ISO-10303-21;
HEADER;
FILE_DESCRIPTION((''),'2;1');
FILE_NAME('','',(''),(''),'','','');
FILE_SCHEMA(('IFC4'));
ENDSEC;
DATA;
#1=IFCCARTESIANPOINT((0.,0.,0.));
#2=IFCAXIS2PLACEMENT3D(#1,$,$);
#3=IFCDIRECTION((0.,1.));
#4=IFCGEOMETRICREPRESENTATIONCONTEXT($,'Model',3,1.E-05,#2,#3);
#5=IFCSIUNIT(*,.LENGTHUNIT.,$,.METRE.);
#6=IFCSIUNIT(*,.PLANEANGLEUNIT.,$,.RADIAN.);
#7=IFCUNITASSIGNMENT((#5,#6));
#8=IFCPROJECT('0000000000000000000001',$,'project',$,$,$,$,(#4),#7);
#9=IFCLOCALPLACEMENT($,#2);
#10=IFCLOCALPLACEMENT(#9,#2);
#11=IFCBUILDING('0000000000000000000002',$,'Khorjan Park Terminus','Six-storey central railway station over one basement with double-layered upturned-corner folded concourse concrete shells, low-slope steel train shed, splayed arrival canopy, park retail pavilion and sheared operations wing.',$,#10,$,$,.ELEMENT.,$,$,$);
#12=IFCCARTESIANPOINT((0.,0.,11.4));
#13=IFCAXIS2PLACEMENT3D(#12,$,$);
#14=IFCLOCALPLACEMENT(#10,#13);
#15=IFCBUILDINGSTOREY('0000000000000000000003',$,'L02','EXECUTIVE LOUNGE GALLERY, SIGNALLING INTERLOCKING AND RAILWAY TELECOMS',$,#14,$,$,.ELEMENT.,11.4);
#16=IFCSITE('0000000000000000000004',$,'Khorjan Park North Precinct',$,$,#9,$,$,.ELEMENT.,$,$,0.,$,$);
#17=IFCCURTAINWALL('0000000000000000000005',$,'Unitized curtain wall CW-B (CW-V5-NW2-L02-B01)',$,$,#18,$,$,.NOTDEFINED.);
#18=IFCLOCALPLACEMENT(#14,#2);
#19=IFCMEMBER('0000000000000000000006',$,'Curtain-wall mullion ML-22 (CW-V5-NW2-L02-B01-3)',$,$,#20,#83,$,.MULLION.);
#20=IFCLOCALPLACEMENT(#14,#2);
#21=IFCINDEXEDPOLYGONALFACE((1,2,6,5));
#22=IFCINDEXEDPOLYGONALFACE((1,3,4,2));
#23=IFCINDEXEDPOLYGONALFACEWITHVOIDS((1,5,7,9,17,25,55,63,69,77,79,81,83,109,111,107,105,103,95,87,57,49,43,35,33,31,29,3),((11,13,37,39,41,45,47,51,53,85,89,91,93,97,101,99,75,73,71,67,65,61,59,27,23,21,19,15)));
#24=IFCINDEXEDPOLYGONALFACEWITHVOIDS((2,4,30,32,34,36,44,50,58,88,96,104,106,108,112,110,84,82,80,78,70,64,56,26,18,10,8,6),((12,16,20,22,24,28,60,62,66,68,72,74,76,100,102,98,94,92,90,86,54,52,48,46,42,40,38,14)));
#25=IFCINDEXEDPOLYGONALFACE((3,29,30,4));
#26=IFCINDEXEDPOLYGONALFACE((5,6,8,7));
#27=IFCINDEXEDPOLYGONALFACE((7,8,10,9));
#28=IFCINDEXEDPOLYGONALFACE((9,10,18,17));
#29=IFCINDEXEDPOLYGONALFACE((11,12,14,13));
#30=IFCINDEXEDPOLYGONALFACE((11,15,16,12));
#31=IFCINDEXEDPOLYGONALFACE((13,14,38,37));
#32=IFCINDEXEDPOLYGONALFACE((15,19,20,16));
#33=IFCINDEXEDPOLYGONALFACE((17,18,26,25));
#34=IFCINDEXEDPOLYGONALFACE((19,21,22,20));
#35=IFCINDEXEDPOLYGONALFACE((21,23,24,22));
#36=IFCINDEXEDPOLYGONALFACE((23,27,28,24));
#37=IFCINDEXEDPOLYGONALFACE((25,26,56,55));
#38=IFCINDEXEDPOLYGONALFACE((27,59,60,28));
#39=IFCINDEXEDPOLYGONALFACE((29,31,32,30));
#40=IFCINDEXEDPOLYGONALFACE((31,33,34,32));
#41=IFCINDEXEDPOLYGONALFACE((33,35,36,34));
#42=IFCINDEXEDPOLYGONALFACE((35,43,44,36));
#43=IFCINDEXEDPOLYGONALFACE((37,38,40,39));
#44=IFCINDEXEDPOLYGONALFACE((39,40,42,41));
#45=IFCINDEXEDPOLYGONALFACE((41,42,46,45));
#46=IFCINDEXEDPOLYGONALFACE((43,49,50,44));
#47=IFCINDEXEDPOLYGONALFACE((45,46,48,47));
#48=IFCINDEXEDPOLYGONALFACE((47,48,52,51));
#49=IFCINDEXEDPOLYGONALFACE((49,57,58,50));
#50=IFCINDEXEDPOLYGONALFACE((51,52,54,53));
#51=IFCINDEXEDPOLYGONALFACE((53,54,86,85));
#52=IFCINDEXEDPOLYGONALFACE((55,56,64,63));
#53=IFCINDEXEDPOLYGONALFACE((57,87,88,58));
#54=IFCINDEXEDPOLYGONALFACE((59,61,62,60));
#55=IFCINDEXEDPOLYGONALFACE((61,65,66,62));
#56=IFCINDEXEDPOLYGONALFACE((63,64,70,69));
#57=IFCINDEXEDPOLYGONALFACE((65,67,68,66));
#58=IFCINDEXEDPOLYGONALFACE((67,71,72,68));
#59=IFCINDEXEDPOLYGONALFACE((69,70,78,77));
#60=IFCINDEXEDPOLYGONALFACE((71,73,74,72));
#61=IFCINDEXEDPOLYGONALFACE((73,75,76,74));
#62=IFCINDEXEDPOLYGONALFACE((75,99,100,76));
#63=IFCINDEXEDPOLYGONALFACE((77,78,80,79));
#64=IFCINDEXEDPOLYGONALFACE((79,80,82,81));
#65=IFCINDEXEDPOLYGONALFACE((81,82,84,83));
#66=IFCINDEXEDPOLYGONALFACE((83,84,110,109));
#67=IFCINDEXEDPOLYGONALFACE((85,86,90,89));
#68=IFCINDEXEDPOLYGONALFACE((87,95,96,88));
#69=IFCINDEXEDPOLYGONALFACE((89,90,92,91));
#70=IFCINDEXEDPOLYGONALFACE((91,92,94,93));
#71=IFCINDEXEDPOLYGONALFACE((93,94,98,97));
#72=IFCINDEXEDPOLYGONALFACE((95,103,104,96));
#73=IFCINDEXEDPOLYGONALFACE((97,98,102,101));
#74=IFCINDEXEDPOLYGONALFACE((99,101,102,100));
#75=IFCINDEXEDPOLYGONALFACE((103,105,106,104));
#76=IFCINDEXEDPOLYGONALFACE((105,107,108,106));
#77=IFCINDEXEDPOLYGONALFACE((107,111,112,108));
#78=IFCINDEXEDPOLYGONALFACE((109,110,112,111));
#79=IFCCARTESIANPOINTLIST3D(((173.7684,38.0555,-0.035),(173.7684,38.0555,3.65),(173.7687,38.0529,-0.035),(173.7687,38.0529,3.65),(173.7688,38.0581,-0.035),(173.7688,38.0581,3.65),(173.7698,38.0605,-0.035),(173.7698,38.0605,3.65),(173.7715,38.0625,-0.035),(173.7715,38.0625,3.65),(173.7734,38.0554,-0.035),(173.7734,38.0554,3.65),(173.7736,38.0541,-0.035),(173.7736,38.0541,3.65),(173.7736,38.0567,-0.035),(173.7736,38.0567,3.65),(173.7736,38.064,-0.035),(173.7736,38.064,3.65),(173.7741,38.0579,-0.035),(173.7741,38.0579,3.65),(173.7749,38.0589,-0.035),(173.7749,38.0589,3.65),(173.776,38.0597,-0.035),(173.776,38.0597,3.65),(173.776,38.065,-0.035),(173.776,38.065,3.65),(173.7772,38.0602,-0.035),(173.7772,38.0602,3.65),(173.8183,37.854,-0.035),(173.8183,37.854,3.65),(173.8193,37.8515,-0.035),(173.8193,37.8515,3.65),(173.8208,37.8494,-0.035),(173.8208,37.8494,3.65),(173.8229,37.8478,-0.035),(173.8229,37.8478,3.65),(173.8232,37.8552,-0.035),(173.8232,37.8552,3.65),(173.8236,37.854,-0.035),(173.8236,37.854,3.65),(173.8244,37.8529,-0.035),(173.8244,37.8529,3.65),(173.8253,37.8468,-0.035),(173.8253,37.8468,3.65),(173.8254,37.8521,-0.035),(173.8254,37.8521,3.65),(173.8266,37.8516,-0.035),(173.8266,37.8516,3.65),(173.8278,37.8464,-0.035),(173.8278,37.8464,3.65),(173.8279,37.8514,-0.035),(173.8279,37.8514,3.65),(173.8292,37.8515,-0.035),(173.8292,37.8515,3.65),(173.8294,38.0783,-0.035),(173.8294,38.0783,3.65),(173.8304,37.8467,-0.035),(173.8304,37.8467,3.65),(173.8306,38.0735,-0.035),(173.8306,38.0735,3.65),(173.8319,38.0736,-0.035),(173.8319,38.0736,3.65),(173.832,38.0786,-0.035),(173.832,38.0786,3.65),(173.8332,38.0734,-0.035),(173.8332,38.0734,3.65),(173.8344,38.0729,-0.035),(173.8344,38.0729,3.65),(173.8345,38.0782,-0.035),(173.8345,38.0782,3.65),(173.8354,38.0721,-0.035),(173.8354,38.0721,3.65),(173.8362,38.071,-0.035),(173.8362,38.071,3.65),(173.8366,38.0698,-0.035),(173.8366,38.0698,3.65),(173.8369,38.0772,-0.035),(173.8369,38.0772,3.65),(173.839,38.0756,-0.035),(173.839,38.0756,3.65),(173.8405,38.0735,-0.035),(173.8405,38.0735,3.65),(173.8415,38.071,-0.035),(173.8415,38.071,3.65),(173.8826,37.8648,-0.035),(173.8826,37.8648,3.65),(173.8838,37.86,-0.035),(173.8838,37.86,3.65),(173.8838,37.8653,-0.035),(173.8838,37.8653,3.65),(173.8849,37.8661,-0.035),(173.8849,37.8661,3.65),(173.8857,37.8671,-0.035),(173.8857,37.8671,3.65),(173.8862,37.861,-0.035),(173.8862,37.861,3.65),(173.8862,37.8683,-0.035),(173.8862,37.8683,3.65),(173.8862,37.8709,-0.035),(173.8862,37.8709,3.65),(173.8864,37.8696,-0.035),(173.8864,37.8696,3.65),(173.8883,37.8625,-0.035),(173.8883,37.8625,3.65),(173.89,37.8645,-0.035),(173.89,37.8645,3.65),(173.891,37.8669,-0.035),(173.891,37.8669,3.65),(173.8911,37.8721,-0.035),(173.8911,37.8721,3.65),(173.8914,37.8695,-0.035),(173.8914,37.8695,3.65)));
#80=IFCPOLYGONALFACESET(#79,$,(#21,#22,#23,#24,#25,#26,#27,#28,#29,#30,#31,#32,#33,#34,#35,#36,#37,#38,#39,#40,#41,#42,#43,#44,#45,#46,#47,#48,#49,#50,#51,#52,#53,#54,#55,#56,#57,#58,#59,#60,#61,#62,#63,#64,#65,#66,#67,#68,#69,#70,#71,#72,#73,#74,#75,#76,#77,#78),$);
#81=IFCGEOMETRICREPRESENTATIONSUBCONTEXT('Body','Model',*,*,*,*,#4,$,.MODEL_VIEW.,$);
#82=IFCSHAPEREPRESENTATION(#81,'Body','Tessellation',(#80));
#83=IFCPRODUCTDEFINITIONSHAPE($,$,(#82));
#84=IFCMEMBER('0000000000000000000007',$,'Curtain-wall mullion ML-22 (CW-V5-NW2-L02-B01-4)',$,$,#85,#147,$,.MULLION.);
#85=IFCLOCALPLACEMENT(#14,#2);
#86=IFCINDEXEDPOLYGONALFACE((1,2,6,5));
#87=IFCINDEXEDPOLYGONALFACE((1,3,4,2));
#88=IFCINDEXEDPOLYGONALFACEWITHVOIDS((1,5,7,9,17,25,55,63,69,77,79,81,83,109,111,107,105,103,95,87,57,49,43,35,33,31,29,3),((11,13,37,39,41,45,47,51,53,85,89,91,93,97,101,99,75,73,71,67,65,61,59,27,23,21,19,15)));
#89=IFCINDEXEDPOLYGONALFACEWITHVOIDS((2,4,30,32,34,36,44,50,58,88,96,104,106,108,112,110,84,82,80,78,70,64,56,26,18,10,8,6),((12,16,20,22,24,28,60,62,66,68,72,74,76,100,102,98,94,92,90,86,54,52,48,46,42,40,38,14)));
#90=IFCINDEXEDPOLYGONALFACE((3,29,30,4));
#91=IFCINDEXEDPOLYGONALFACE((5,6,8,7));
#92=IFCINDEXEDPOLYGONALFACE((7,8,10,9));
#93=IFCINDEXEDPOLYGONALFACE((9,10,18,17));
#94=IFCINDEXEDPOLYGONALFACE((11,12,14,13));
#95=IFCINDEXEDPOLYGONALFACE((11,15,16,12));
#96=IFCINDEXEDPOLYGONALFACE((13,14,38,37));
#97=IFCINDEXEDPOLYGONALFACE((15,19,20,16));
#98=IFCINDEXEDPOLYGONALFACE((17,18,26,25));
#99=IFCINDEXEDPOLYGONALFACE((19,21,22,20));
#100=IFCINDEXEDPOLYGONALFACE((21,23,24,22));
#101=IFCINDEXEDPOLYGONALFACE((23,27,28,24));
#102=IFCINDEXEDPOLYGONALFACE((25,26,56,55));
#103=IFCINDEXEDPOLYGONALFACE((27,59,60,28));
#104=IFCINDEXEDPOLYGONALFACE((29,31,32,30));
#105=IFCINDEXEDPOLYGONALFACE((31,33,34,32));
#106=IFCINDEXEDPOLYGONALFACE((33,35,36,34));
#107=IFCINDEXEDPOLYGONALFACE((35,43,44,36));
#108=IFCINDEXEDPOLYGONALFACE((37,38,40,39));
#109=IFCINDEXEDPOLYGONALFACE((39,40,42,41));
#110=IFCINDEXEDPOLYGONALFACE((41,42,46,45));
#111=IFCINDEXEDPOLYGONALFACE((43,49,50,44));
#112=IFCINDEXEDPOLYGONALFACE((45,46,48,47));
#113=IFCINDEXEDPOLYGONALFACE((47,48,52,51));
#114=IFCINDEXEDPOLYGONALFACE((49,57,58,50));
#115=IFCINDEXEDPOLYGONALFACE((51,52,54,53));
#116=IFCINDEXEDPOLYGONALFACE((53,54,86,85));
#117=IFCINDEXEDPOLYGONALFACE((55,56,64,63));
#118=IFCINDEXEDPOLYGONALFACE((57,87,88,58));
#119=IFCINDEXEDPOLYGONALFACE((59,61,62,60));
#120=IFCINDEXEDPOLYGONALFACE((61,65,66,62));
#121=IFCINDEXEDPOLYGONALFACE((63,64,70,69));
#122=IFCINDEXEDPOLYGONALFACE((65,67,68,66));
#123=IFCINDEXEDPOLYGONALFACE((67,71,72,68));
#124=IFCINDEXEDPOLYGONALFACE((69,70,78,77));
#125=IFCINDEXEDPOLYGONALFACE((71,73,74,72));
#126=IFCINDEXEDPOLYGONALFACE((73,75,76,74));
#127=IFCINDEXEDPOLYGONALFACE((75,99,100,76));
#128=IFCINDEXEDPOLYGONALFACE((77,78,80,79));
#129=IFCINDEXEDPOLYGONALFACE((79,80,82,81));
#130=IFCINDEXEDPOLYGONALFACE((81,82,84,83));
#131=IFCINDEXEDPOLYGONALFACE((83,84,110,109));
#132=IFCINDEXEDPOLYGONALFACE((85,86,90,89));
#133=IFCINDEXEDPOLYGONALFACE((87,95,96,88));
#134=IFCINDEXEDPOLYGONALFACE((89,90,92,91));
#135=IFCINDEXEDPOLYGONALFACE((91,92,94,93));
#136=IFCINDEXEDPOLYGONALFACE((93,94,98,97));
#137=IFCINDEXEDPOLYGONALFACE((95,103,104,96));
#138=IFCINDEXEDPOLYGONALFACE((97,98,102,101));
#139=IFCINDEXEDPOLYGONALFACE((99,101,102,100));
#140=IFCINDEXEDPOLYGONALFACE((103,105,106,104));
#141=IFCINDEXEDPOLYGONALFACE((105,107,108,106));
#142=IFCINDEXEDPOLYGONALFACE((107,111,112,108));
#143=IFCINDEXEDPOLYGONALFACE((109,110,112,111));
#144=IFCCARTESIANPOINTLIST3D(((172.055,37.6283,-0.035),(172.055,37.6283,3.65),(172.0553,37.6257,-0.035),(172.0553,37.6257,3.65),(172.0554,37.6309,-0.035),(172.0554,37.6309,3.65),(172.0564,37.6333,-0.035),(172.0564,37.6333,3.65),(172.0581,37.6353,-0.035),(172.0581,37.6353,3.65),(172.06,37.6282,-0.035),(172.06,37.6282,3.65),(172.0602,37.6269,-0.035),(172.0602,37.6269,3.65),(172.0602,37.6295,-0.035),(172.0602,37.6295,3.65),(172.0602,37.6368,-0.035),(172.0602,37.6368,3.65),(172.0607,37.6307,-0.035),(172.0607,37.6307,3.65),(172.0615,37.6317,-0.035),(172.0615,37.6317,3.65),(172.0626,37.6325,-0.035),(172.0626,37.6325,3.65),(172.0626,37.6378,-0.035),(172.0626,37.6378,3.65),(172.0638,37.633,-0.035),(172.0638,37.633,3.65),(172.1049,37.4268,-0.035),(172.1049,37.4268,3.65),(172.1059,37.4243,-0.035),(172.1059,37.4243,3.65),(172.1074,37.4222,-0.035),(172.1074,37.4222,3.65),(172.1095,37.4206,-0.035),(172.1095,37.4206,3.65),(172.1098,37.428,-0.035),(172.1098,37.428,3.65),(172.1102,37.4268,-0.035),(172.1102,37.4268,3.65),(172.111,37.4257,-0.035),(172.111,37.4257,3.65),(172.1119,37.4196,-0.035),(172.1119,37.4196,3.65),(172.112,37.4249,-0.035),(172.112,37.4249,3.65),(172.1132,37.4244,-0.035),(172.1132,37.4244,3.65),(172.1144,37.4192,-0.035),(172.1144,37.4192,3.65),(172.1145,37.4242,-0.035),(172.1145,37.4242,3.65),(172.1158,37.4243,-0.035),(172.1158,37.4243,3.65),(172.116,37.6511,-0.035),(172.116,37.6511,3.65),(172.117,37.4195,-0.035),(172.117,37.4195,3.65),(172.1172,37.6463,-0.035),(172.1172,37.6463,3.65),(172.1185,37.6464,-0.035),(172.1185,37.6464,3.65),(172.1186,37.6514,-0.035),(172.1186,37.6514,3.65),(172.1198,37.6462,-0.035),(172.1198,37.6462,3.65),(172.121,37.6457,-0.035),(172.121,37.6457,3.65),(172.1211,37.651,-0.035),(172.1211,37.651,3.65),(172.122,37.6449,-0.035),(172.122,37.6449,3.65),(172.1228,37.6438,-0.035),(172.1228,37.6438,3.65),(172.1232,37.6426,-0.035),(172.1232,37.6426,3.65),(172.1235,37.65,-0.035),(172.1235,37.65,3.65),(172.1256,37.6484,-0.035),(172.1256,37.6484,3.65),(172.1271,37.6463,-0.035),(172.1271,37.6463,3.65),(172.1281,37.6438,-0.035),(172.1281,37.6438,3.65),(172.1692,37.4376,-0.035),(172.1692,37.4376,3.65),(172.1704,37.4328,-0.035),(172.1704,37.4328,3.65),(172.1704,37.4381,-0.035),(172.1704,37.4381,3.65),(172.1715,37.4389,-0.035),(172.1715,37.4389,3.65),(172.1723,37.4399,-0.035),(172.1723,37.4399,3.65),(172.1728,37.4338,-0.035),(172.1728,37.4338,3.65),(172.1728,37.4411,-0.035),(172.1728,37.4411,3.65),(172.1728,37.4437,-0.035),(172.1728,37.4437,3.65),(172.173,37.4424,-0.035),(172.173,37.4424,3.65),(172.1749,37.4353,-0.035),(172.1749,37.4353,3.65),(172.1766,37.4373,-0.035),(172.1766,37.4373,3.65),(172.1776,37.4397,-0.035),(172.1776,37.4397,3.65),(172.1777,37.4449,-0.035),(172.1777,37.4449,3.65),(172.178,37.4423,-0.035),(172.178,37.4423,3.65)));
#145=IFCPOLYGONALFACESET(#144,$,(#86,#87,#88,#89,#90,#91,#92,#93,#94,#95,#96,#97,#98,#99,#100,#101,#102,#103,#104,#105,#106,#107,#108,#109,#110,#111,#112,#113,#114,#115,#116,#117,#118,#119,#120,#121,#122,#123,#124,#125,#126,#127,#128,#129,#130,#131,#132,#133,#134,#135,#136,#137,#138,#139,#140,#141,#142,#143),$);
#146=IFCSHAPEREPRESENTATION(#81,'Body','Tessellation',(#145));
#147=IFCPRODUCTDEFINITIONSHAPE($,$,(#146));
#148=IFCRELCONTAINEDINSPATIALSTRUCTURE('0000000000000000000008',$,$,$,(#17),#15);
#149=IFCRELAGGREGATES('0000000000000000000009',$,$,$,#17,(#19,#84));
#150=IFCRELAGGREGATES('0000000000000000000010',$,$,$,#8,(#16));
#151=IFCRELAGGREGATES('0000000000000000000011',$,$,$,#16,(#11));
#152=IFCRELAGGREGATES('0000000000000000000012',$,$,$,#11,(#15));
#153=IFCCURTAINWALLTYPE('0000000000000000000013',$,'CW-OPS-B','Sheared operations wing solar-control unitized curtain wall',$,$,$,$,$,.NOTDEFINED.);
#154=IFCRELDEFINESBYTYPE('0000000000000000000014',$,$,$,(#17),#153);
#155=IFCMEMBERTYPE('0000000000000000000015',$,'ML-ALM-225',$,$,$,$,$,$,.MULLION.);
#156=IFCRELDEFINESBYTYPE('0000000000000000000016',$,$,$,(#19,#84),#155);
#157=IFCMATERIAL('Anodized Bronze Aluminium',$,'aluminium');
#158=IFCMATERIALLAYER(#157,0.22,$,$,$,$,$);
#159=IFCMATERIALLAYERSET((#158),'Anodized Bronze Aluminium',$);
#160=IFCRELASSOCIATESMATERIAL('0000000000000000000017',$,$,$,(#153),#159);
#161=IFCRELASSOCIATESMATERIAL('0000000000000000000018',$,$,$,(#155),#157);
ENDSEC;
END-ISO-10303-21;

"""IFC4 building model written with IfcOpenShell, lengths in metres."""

from ifc_helpers import new_model, si_unit, direction, frame, origin, origin_2d, place, context, subcontext, project, spatial, hollow_rectangle, extrude, material, layer, layer_set, material_profile, profile_set, type_object, element, aggregate, save


model = new_model("IFC4")

# Units and contexts
model_context = context("Model", 3, precision=1e-05, world=origin(), true_north=direction((0.0, 1.0)))
body_context = subcontext(model_context, "Body", "Model", "MODEL_VIEW")
ifc_project = project(units=[si_unit("LENGTHUNIT", "METRE"), si_unit("PLANEANGLEUNIT", "RADIAN")], contexts=[model_context])

# Site, building, storey
site_placement = place(None, origin())
site = spatial("IfcSite", under=ifc_project, at=site_placement, Name="Khorjan Park North Precinct", CompositionType="ELEMENT", RefElevation=0.0)
building_placement = place(site_placement, origin())
building = spatial("IfcBuilding", under=site, at=building_placement, Name="Khorjan Park Terminus", Description="Six-storey central railway station over one basement with double-layered upturned-corner folded concourse concrete shells, low-slope steel train shed, splayed arrival canopy, park retail pavilion and sheared operations wing.", CompositionType="ELEMENT")
storey_placement = place(building_placement, frame((0.0, 0.0, 11.4)))
storey = spatial("IfcBuildingStorey", under=building, at=storey_placement, Name="L02", Description="EXECUTIVE LOUNGE GALLERY, SIGNALLING INTERLOCKING AND RAILWAY TELECOMS", CompositionType="ELEMENT", Elevation=11.4)

# Shared definitions
ifc_material_1 = material(Name="Anodized Bronze Aluminium", Category="aluminium")
ifc_layer_1 = layer(ifc_material_1, 0.22)
ifc_layer_set_1 = layer_set([ifc_layer_1], Name="Anodized Bronze Aluminium")
curtain_wall_type = type_object("IfcCurtainWallType", Name="CW-OPS-B", Description="Sheared operations wing solar-control unitized curtain wall", PredefinedType="NOTDEFINED", material=ifc_layer_set_1)
ifc_material_profile_1 = material_profile(ifc_material_1, hollow_rectangle(XDim=0.075, YDim=0.225, WallThickness=0.005, InnerFilletRadius=0.005, OuterFilletRadius=0.01, at=origin_2d()), Name="ALM 75x225x5")
ifc_profile_set_1 = profile_set([ifc_material_profile_1], Name="Anodized Bronze Aluminium")
member_type_1 = type_object("IfcMemberType", Name="ML-ALM-225", PredefinedType="MULLION", material=ifc_profile_set_1)

# Curtain wall, members
curtain_wall_1_placement = place(storey_placement, origin())
curtain_wall_1 = element("IfcCurtainWall", 1, at=curtain_wall_1_placement, inside=storey, type_object=curtain_wall_type, Name="Unitized curtain wall CW-B (CW-V5-NW2-L02-B01)", PredefinedType="NOTDEFINED")
member_1_placement = place(storey_placement, frame((173.8299, 37.9625, -0.035), z_axis=(0.0, 0.0, 1.0), x_axis=(-0.970297, -0.241918, 0.0)))
member_1 = element("IfcMember", 2, at=member_1_placement, type_object=member_type_1, Name="Curtain-wall mullion ML-22 (CW-V5-NW2-L02-B01-3)", PredefinedType="MULLION", context=body_context, shape_type="SweptSolid", body=[
    extrude(hollow_rectangle(XDim=0.075, YDim=0.225, WallThickness=0.005, InnerFilletRadius=0.005, OuterFilletRadius=0.01, at=origin_2d()), origin(), (0.0, 0.0, 1.0), 3.685),
])
member_2_placement = place(storey_placement, frame((172.1165, 37.5353, -0.035), z_axis=(0.0, 0.0, 1.0), x_axis=(-0.970297, -0.241918, 0.0)))
member_2 = element("IfcMember", 3, at=member_2_placement, type_object=member_type_1, Name="Curtain-wall mullion ML-22 (CW-V5-NW2-L02-B01-4)", PredefinedType="MULLION", context=body_context, shape_type="SweptSolid", body=[
    extrude(hollow_rectangle(XDim=0.075, YDim=0.225, WallThickness=0.005, InnerFilletRadius=0.005, OuterFilletRadius=0.01, at=origin_2d()), origin(), (0.0, 0.0, 1.0), 3.685),
])

aggregate(curtain_wall_1, [member_1, member_2])

save(model, "model.ifc")
